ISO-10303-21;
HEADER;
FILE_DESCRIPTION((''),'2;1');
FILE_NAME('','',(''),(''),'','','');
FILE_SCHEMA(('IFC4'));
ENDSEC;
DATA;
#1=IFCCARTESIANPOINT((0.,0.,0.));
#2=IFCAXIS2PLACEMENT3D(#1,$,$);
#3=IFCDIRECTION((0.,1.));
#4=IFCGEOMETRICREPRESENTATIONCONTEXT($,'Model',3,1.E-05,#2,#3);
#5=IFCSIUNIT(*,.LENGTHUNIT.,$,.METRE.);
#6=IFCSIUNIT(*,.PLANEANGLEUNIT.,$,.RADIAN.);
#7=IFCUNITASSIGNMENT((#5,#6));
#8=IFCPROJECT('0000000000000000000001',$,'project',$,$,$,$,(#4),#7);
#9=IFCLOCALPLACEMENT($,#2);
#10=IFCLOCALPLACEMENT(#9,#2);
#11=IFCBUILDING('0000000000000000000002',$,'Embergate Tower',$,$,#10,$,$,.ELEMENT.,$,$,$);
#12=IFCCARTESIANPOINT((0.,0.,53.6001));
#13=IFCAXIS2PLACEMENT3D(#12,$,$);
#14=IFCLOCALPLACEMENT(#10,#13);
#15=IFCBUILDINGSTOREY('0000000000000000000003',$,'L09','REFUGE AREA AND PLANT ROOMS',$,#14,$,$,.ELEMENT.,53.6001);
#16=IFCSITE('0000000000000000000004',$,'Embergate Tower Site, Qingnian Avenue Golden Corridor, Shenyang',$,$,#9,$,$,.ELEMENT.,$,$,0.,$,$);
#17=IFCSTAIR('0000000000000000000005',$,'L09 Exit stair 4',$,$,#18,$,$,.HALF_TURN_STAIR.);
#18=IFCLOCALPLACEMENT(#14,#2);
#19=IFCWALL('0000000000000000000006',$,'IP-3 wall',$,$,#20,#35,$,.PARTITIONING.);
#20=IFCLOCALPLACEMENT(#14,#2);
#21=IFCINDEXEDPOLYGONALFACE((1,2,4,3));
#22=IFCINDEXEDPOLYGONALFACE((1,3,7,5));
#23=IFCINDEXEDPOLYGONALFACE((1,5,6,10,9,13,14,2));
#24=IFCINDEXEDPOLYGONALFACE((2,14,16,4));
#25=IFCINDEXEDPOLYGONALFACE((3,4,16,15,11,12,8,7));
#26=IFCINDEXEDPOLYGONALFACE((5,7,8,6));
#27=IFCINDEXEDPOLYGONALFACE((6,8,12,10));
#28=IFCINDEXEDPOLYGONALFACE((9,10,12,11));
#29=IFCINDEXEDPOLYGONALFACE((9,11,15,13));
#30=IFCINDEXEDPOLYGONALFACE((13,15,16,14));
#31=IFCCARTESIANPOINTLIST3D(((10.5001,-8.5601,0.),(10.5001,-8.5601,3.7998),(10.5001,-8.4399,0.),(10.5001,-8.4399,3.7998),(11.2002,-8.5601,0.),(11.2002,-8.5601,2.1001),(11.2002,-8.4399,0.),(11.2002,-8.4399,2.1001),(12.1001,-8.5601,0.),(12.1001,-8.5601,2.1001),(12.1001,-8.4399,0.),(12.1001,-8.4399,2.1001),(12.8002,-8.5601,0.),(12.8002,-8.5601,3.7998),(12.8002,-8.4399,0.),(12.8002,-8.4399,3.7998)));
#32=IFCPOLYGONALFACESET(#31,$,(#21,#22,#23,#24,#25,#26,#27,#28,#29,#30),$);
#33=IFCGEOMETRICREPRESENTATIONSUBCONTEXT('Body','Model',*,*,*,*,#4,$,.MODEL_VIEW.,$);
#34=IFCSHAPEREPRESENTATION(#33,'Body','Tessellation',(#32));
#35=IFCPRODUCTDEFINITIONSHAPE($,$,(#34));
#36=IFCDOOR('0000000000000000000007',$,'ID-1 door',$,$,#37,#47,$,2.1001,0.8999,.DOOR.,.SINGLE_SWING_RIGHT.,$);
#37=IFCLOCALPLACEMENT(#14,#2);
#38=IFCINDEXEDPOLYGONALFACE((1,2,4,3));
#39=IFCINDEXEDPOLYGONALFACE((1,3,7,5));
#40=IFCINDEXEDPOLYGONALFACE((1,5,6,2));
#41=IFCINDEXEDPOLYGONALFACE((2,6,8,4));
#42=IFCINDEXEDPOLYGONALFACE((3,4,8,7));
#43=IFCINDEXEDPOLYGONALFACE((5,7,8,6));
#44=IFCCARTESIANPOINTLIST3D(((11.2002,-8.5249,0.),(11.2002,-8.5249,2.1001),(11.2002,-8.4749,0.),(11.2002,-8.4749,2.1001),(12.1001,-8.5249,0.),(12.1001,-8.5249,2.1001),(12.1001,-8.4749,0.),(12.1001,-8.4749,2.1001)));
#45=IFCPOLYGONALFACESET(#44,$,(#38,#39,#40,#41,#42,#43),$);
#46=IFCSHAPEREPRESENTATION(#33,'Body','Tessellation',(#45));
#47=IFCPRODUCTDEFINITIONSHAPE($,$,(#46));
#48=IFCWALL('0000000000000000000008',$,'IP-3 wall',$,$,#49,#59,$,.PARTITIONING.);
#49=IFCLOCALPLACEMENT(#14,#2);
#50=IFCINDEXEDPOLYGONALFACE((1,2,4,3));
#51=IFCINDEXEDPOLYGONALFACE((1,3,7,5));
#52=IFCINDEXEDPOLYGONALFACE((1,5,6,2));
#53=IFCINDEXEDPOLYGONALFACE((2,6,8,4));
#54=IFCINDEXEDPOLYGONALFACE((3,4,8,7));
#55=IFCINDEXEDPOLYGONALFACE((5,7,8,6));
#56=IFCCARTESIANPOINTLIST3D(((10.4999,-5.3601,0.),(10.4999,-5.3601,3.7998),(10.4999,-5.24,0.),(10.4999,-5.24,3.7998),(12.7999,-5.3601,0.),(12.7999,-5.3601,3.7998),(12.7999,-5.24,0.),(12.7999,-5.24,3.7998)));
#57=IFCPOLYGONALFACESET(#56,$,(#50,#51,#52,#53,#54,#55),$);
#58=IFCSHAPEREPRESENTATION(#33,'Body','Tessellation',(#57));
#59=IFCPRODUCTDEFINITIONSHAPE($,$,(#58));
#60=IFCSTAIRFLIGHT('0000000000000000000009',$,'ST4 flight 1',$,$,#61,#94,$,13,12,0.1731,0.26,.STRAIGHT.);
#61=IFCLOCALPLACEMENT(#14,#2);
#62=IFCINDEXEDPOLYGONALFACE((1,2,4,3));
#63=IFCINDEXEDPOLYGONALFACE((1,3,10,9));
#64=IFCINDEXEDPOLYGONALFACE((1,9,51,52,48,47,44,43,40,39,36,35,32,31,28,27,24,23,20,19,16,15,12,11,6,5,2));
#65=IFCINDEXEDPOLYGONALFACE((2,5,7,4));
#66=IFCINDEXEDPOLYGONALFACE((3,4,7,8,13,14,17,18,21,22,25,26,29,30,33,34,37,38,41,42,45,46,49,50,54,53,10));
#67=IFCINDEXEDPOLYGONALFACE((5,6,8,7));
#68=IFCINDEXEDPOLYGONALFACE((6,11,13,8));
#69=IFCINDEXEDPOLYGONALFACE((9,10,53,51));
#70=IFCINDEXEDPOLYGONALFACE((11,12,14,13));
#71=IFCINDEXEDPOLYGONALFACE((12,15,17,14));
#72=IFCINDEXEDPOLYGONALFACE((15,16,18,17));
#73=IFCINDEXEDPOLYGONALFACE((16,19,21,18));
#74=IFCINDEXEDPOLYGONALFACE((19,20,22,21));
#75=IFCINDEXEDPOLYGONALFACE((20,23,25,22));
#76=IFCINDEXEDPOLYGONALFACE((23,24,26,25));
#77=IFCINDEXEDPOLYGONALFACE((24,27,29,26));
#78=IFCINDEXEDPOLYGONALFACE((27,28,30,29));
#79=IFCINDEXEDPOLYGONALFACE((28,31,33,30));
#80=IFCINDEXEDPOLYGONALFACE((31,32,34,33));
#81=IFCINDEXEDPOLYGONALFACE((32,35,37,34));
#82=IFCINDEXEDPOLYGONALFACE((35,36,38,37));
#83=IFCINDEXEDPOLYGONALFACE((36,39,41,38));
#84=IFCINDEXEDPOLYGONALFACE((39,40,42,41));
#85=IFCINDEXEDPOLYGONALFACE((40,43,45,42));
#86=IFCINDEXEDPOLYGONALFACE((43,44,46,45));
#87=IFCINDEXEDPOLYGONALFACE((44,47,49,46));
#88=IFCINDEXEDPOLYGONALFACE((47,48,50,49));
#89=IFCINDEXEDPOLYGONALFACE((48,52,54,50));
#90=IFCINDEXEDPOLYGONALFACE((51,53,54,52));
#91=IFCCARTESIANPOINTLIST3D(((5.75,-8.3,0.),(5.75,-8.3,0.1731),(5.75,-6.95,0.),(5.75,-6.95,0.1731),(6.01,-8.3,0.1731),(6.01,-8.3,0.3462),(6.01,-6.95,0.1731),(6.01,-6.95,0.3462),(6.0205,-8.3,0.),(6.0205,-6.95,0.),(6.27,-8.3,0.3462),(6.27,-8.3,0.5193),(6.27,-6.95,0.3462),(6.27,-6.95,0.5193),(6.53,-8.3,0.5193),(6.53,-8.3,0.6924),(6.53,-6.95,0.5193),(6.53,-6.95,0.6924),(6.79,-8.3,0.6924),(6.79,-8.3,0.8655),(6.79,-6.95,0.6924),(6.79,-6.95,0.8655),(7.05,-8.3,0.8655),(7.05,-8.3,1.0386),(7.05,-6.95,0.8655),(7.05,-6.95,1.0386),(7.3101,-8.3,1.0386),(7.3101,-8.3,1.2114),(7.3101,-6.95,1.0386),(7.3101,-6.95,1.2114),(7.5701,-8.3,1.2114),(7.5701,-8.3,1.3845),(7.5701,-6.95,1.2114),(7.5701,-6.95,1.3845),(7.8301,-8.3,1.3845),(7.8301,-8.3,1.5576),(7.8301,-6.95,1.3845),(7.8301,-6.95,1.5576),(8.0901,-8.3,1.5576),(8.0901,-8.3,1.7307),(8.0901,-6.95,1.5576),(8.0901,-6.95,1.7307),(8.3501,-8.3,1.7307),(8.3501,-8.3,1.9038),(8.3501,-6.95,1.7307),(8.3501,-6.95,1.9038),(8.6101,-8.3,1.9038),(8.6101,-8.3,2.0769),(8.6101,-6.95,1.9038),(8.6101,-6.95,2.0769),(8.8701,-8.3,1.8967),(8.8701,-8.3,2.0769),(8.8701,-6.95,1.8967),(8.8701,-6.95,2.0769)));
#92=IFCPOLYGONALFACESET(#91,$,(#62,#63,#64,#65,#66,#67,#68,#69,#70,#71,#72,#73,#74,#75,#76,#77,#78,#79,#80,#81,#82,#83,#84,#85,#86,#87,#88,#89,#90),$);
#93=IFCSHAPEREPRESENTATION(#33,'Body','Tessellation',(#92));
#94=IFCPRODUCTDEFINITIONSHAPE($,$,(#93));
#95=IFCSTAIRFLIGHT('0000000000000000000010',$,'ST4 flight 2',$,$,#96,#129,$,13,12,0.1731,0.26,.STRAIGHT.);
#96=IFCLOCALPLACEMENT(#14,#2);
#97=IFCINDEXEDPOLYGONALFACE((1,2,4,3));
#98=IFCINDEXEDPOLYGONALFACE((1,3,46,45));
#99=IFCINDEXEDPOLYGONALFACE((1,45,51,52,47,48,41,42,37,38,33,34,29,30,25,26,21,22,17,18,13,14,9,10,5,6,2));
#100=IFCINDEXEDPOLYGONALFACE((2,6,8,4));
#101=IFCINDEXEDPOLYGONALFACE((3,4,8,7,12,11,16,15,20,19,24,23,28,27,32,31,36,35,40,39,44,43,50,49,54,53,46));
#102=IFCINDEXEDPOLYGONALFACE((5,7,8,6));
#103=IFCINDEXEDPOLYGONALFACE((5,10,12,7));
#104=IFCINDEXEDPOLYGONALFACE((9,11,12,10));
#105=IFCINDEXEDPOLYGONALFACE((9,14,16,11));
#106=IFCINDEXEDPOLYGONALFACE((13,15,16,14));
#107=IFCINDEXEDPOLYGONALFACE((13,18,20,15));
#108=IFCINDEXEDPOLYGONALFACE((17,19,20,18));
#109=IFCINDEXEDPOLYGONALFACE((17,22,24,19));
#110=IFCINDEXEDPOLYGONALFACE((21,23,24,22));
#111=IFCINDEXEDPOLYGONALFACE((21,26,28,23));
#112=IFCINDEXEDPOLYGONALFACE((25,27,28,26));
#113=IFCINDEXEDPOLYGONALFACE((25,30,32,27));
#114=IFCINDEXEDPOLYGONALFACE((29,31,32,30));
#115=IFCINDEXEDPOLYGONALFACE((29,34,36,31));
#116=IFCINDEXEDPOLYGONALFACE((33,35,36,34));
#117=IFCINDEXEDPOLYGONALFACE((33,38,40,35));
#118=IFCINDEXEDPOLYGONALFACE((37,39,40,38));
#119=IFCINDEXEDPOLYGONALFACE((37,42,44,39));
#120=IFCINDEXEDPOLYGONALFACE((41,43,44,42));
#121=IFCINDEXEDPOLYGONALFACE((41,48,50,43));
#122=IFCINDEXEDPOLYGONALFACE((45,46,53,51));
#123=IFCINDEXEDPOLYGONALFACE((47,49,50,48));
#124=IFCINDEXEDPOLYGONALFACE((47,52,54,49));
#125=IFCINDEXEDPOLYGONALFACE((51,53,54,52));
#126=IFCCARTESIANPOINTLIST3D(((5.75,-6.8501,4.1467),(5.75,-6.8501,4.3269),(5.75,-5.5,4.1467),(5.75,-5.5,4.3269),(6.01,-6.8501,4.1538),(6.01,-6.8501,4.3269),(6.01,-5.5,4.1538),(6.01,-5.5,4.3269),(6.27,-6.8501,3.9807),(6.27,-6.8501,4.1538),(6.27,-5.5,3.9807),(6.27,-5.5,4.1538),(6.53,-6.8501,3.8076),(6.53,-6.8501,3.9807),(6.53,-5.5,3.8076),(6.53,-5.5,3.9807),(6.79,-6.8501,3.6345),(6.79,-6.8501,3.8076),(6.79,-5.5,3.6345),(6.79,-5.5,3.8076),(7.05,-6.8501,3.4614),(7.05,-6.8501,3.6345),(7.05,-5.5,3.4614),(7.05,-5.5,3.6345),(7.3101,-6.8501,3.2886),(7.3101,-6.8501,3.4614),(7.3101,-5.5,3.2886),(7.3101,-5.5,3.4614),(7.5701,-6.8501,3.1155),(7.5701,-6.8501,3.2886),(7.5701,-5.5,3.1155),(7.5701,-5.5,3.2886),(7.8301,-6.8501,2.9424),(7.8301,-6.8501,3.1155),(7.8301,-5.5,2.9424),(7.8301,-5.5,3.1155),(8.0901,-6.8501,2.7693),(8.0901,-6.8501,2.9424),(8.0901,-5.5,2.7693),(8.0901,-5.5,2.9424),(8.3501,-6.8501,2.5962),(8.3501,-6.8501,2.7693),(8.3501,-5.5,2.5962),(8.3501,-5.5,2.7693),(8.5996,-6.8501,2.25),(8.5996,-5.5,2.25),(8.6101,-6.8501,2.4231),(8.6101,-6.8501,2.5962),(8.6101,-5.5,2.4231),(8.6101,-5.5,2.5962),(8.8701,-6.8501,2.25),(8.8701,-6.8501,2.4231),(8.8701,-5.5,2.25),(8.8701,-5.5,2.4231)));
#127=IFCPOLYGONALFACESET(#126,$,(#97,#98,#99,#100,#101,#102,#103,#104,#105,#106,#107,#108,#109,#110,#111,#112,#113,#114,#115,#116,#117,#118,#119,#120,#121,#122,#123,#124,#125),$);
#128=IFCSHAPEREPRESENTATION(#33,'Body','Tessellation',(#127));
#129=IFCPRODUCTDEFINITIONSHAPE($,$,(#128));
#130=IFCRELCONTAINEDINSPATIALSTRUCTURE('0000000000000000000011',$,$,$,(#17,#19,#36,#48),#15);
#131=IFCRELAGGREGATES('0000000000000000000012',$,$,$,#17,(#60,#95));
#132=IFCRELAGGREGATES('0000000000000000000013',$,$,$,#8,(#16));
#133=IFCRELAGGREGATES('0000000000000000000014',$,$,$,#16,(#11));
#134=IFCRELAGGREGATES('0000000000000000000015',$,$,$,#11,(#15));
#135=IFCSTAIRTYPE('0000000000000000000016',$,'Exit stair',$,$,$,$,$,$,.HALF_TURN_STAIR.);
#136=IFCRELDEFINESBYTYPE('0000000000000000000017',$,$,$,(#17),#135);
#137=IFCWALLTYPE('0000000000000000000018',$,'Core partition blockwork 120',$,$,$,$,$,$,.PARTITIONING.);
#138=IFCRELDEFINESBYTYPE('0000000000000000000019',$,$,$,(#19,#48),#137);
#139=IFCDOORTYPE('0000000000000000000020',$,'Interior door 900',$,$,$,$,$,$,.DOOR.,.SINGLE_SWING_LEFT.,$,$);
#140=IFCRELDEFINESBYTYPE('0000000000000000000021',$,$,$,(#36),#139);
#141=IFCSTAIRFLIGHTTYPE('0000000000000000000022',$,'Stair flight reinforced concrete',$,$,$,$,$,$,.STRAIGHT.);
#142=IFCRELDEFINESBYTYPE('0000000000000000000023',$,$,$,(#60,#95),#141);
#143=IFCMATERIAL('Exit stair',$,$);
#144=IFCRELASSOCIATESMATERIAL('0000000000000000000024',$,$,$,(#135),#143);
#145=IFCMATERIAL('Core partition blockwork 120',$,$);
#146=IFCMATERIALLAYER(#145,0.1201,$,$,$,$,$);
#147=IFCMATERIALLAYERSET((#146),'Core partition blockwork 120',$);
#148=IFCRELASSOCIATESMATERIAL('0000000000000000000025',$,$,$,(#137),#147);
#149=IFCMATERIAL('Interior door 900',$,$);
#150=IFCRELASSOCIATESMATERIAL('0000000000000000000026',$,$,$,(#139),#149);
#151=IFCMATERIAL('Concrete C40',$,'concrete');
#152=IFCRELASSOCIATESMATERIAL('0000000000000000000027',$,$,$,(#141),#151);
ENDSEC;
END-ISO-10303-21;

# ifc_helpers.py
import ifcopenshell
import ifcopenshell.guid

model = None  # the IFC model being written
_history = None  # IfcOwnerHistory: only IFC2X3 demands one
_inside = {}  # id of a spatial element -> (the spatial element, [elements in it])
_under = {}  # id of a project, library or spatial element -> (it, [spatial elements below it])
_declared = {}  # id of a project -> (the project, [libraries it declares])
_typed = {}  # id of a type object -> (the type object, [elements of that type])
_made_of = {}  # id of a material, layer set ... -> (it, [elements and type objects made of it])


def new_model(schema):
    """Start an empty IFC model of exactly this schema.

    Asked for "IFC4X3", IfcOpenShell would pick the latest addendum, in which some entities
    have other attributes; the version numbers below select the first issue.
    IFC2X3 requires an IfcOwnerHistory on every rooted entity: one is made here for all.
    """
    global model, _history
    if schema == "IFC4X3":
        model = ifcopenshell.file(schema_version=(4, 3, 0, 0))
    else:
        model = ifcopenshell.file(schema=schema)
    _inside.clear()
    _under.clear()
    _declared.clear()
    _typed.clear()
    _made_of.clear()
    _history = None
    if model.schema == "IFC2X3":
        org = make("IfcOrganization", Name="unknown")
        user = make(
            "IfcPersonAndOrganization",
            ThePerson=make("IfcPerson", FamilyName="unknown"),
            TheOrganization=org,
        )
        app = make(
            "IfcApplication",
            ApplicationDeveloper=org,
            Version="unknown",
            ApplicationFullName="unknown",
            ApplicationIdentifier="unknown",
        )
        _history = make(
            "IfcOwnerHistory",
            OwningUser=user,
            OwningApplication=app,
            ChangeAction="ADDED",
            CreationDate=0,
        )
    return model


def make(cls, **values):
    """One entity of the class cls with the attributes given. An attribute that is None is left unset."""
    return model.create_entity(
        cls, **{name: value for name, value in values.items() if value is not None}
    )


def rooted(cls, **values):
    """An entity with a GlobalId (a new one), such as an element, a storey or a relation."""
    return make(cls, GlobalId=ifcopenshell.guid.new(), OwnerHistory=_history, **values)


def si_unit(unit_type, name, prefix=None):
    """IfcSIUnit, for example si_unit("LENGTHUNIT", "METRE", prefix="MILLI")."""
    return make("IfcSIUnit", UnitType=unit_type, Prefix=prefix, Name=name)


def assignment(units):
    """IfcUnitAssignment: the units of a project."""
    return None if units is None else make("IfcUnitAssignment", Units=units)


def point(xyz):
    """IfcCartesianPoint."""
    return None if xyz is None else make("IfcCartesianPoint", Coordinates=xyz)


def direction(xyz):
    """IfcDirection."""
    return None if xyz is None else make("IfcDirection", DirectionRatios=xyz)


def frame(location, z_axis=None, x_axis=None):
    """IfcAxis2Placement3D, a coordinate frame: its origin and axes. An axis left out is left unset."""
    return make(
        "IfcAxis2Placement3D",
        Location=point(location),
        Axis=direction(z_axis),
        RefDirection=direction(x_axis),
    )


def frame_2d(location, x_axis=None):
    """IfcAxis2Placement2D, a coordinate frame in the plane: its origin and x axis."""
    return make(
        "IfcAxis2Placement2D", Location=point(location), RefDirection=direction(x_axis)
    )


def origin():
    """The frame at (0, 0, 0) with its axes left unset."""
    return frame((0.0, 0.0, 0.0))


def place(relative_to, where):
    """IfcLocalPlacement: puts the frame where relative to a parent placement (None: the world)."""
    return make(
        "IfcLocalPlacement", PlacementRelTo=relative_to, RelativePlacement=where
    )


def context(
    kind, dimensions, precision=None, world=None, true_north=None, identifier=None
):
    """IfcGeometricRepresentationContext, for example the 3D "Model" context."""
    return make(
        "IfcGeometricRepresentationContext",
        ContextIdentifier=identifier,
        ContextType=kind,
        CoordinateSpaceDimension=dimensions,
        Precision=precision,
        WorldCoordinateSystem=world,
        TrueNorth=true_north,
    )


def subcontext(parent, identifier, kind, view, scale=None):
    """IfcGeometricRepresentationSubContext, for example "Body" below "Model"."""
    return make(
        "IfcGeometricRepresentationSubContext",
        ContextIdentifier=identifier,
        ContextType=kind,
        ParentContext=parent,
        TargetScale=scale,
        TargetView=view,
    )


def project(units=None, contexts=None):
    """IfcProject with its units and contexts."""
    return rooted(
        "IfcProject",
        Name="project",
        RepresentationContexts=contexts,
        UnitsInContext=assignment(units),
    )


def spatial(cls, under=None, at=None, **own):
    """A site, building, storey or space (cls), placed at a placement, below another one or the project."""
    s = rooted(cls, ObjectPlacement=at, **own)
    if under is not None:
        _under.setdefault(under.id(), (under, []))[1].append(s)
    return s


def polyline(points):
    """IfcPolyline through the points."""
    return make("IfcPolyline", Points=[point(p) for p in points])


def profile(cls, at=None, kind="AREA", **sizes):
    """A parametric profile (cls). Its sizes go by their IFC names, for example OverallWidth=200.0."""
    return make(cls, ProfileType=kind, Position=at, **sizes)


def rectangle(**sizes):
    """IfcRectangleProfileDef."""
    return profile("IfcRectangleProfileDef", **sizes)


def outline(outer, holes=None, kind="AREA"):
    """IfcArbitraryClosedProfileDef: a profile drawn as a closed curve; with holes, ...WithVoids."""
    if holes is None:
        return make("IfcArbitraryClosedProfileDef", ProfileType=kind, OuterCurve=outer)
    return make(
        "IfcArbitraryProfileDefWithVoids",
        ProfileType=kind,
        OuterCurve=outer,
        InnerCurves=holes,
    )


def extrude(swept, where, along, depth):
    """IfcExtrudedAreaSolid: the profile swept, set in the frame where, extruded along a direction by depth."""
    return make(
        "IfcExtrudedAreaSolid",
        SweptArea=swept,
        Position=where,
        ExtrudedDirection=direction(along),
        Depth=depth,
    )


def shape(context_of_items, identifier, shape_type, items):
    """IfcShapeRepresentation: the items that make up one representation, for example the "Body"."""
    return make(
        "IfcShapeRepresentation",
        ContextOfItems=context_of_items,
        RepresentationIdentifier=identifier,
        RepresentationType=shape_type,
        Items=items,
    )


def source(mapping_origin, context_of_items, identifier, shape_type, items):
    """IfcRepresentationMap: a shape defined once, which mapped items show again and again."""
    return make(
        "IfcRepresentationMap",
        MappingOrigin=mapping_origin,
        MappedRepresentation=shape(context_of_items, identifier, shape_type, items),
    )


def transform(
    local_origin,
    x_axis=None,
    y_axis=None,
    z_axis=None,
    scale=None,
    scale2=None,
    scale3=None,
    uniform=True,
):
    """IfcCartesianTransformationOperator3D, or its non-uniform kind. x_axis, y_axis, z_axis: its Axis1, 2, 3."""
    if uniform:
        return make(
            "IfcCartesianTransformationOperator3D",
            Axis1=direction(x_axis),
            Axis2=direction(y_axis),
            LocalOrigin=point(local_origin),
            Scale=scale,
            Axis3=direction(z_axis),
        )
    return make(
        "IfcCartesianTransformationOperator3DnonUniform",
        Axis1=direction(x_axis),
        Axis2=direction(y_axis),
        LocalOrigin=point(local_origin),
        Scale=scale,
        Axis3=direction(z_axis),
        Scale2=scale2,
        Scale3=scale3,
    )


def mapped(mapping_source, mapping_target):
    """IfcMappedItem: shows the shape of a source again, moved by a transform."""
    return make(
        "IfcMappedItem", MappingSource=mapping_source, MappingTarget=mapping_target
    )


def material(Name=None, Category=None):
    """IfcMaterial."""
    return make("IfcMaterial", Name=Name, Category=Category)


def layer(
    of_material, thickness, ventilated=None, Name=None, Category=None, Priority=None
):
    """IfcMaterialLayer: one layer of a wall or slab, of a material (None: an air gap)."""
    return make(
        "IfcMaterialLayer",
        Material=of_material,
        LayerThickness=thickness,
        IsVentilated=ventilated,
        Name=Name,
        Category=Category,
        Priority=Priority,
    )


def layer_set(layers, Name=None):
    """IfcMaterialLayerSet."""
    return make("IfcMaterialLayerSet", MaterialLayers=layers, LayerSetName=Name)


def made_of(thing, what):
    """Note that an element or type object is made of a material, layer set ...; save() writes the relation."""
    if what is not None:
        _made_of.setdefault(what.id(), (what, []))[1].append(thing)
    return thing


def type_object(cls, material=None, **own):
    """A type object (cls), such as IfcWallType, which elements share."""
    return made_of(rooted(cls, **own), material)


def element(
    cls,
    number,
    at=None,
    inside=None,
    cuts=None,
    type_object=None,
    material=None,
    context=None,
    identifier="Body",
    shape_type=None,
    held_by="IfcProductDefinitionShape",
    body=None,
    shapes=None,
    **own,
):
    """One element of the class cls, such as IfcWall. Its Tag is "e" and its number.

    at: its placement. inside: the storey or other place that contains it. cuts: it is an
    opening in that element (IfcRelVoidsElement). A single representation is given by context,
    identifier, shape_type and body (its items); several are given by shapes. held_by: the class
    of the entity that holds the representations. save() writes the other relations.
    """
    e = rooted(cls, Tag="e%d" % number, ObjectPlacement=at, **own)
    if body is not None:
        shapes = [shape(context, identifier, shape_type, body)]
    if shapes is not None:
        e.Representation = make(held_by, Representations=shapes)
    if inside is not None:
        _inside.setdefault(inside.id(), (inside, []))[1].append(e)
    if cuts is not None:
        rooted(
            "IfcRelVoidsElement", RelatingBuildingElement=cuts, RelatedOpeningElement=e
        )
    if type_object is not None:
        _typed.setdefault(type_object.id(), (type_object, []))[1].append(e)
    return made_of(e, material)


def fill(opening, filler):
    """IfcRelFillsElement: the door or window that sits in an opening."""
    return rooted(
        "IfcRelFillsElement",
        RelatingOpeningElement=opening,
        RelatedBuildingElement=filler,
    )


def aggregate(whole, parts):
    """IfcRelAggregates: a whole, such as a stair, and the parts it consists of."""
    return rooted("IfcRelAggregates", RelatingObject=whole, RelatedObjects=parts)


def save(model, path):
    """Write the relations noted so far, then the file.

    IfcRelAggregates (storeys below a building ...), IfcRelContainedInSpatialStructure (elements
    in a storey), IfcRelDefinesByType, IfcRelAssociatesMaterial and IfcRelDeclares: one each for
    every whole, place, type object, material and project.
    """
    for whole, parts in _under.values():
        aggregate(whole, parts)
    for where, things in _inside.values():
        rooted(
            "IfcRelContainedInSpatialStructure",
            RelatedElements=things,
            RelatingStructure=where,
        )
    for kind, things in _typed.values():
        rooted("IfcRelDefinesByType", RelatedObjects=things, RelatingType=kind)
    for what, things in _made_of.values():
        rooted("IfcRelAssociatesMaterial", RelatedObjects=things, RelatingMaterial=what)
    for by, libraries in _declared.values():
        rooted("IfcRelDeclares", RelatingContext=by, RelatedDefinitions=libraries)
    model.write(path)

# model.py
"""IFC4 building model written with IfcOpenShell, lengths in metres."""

from ifc_helpers import new_model, si_unit, direction, frame, frame_2d, origin, place, context, subcontext, project, spatial, polyline, rectangle, outline, extrude, source, transform, mapped, material, layer, layer_set, type_object, element, fill, aggregate, save


model = new_model("IFC4")

# Units and contexts
model_context = context("Model", 3, precision=1e-05, world=origin(), true_north=direction((0.0, 1.0)))
body_context = subcontext(model_context, "Body", "Model", "MODEL_VIEW")
ifc_project = project(units=[si_unit("LENGTHUNIT", "METRE"), si_unit("PLANEANGLEUNIT", "RADIAN")], contexts=[model_context])

# Site, building, storey
site_placement = place(None, origin())
site = spatial("IfcSite", under=ifc_project, at=site_placement, Name="Embergate Tower Site, Qingnian Avenue Golden Corridor, Shenyang", CompositionType="ELEMENT", RefElevation=0.0)
building_placement = place(site_placement, origin())
building = spatial("IfcBuilding", under=site, at=building_placement, Name="Embergate Tower", CompositionType="ELEMENT")
storey_placement = place(building_placement, frame((0.0, 0.0, 53.6001)))
storey = spatial("IfcBuildingStorey", under=building, at=storey_placement, Name="L09", Description="REFUGE AREA AND PLANT ROOMS", CompositionType="ELEMENT", Elevation=53.6001)

# Stair
ifc_material_1 = material(Name="Exit stair")
stair_type = type_object("IfcStairType", Name="Exit stair", PredefinedType="HALF_TURN_STAIR", material=ifc_material_1)
stair_placement = place(storey_placement, origin())
stair = element("IfcStair", 1, at=stair_placement, inside=storey, type_object=stair_type, Name="L09 Exit stair 4", PredefinedType="HALF_TURN_STAIR")
ifc_material_2 = material(Name="Concrete C40", Category="concrete")

# Shared definitions
ifc_material_3 = material(Name="Core partition blockwork 120")
ifc_layer_1 = layer(ifc_material_3, 0.1201)
ifc_layer_set_1 = layer_set([ifc_layer_1], Name="Core partition blockwork 120")
wall_type_1 = type_object("IfcWallType", Name="Core partition blockwork 120", PredefinedType="PARTITIONING", material=ifc_layer_set_1)
shared_shape_1 = source(origin(), body_context, "Body", "SweptSolid", [
    extrude(rectangle(XDim=0.8999, YDim=2.1001, at=frame_2d((0.45, 1.05))), frame((0.0, 0.0701, 0.0), z_axis=(0.0, -1.0, 0.0), x_axis=(1.0, 0.0, 0.0)), (0.0, 0.0, 1.0), 0.1401),
])
ifc_material_4 = material(Name="Interior door 900")
door_type_1 = type_object("IfcDoorType", Name="Interior door 900", OperationType="SINGLE_SWING_LEFT", PredefinedType="DOOR", material=ifc_material_4)
shared_shape_2 = source(origin(), body_context, "Body", "SweptSolid", [
    extrude(rectangle(XDim=0.8999, YDim=2.1001, at=frame_2d((0.45, 1.05))), frame((0.0, 0.0249, 0.0), z_axis=(0.0, -1.0, 0.0), x_axis=(1.0, 0.0, 0.0)), (0.0, 0.0, 1.0), 0.05),
])

# Wall, opening, door
shared_shape_3 = source(origin(), body_context, "Body", "SweptSolid", [
    extrude(rectangle(XDim=2.3, YDim=0.1201, at=frame_2d((1.1499, 0.0))), origin(), (0.0, 0.0, 1.0), 3.7998),
])
wall_1_placement = place(storey_placement, frame((12.8, -8.5, 0.0), z_axis=(0.0, 0.0, 1.0), x_axis=(-1.0, 0.0, 0.0)))
wall_1 = element("IfcWall", 2, at=wall_1_placement, inside=storey, type_object=wall_type_1, Name="IP-3 wall", PredefinedType="PARTITIONING", context=body_context, shape_type="MappedRepresentation", body=[
    mapped(shared_shape_3, transform((0.0, 0.0, 0.0))),
])
opening_1_placement = place(wall_1_placement, frame((0.7, 0.0, 0.0)))
opening_1 = element("IfcOpeningElement", 3, at=opening_1_placement, cuts=wall_1, PredefinedType="OPENING", context=body_context, shape_type="MappedRepresentation", body=[
    mapped(shared_shape_1, transform((0.0, 0.0, 0.0))),
])
door_1_placement = place(opening_1_placement, origin())
door_1 = element("IfcDoor", 4, at=door_1_placement, inside=storey, type_object=door_type_1, Name="ID-1 door", OperationType="SINGLE_SWING_RIGHT", OverallHeight=2.1001, OverallWidth=0.8999, PredefinedType="DOOR", context=body_context, shape_type="MappedRepresentation", body=[
    mapped(shared_shape_2, transform((0.0, 0.0, 0.0))),
])
fill(opening_1, door_1)

# Wall
wall_2_placement = place(storey_placement, frame((10.5, -5.3, 0.0), z_axis=(0.0, 0.0, 1.0), x_axis=(1.0, 0.0, 0.0)))
element("IfcWall", 5, at=wall_2_placement, inside=storey, type_object=wall_type_1, Name="IP-3 wall", PredefinedType="PARTITIONING", context=body_context, shape_type="MappedRepresentation", body=[
    mapped(shared_shape_3, transform((0.0, 0.0, 0.0))),
])

# Stair flights
stair_flight_type = type_object("IfcStairFlightType", Name="Stair flight reinforced concrete", PredefinedType="STRAIGHT", material=ifc_material_2)
shared_shape_4 = source(origin(), body_context, "Body", "SweptSolid", [
    extrude(outline(polyline([(0.0, 0.0), (0.0, 0.1731), (0.26, 0.1731), (0.26, 0.3462), (0.52, 0.3462), (0.52, 0.5193), (0.78, 0.5193), (0.78, 0.6924), (1.04, 0.6924), (1.04, 0.8655), (1.3, 0.8655), (1.3, 1.0386), (1.5601, 1.0386), (1.5601, 1.2114), (1.8201, 1.2114), (1.8201, 1.3845), (2.0801, 1.3845), (2.0801, 1.5576), (2.3401, 1.5576), (2.3401, 1.7307), (2.6001, 1.7307), (2.6001, 1.9038), (2.8601, 1.9038), (2.8601, 2.0769), (3.1201, 2.0769), (3.1201, 2.25), (3.1201, 1.8967), (0.2705, 0.0), (0.0, 0.0)])), frame((0.0, 0.675, 0.0), z_axis=(0.0, -1.0, 0.0), x_axis=(1.0, 0.0, 0.0)), (0.0, 0.0, 1.0), 1.3501),
])
stair_flight_1_placement = place(storey_placement, frame((5.75, -7.625, 0.0), z_axis=(0.0, 0.0, 1.0), x_axis=(1.0, 0.0, 0.0)))
stair_flight_1 = element("IfcStairFlight", 6, at=stair_flight_1_placement, type_object=stair_flight_type, Name="ST4 flight 1", NumberOfRisers=13, NumberOfTreads=12, PredefinedType="STRAIGHT", RiserHeight=0.1731, TreadLength=0.26, context=body_context, shape_type="MappedRepresentation", body=[
    mapped(shared_shape_4, transform((0.0, 0.0, 0.0))),
])
stair_flight_2_placement = place(storey_placement, frame((8.8701, -6.175, 2.25), z_axis=(0.0, 0.0, 1.0), x_axis=(-1.0, 0.0, 0.0)))
stair_flight_2 = element("IfcStairFlight", 7, at=stair_flight_2_placement, type_object=stair_flight_type, Name="ST4 flight 2", NumberOfRisers=13, NumberOfTreads=12, PredefinedType="STRAIGHT", RiserHeight=0.1731, TreadLength=0.26, context=body_context, shape_type="MappedRepresentation", body=[
    mapped(shared_shape_4, transform((0.0, 0.0, 0.0))),
])
aggregate(stair, [stair_flight_1, stair_flight_2])

save(model, "model.ifc")
